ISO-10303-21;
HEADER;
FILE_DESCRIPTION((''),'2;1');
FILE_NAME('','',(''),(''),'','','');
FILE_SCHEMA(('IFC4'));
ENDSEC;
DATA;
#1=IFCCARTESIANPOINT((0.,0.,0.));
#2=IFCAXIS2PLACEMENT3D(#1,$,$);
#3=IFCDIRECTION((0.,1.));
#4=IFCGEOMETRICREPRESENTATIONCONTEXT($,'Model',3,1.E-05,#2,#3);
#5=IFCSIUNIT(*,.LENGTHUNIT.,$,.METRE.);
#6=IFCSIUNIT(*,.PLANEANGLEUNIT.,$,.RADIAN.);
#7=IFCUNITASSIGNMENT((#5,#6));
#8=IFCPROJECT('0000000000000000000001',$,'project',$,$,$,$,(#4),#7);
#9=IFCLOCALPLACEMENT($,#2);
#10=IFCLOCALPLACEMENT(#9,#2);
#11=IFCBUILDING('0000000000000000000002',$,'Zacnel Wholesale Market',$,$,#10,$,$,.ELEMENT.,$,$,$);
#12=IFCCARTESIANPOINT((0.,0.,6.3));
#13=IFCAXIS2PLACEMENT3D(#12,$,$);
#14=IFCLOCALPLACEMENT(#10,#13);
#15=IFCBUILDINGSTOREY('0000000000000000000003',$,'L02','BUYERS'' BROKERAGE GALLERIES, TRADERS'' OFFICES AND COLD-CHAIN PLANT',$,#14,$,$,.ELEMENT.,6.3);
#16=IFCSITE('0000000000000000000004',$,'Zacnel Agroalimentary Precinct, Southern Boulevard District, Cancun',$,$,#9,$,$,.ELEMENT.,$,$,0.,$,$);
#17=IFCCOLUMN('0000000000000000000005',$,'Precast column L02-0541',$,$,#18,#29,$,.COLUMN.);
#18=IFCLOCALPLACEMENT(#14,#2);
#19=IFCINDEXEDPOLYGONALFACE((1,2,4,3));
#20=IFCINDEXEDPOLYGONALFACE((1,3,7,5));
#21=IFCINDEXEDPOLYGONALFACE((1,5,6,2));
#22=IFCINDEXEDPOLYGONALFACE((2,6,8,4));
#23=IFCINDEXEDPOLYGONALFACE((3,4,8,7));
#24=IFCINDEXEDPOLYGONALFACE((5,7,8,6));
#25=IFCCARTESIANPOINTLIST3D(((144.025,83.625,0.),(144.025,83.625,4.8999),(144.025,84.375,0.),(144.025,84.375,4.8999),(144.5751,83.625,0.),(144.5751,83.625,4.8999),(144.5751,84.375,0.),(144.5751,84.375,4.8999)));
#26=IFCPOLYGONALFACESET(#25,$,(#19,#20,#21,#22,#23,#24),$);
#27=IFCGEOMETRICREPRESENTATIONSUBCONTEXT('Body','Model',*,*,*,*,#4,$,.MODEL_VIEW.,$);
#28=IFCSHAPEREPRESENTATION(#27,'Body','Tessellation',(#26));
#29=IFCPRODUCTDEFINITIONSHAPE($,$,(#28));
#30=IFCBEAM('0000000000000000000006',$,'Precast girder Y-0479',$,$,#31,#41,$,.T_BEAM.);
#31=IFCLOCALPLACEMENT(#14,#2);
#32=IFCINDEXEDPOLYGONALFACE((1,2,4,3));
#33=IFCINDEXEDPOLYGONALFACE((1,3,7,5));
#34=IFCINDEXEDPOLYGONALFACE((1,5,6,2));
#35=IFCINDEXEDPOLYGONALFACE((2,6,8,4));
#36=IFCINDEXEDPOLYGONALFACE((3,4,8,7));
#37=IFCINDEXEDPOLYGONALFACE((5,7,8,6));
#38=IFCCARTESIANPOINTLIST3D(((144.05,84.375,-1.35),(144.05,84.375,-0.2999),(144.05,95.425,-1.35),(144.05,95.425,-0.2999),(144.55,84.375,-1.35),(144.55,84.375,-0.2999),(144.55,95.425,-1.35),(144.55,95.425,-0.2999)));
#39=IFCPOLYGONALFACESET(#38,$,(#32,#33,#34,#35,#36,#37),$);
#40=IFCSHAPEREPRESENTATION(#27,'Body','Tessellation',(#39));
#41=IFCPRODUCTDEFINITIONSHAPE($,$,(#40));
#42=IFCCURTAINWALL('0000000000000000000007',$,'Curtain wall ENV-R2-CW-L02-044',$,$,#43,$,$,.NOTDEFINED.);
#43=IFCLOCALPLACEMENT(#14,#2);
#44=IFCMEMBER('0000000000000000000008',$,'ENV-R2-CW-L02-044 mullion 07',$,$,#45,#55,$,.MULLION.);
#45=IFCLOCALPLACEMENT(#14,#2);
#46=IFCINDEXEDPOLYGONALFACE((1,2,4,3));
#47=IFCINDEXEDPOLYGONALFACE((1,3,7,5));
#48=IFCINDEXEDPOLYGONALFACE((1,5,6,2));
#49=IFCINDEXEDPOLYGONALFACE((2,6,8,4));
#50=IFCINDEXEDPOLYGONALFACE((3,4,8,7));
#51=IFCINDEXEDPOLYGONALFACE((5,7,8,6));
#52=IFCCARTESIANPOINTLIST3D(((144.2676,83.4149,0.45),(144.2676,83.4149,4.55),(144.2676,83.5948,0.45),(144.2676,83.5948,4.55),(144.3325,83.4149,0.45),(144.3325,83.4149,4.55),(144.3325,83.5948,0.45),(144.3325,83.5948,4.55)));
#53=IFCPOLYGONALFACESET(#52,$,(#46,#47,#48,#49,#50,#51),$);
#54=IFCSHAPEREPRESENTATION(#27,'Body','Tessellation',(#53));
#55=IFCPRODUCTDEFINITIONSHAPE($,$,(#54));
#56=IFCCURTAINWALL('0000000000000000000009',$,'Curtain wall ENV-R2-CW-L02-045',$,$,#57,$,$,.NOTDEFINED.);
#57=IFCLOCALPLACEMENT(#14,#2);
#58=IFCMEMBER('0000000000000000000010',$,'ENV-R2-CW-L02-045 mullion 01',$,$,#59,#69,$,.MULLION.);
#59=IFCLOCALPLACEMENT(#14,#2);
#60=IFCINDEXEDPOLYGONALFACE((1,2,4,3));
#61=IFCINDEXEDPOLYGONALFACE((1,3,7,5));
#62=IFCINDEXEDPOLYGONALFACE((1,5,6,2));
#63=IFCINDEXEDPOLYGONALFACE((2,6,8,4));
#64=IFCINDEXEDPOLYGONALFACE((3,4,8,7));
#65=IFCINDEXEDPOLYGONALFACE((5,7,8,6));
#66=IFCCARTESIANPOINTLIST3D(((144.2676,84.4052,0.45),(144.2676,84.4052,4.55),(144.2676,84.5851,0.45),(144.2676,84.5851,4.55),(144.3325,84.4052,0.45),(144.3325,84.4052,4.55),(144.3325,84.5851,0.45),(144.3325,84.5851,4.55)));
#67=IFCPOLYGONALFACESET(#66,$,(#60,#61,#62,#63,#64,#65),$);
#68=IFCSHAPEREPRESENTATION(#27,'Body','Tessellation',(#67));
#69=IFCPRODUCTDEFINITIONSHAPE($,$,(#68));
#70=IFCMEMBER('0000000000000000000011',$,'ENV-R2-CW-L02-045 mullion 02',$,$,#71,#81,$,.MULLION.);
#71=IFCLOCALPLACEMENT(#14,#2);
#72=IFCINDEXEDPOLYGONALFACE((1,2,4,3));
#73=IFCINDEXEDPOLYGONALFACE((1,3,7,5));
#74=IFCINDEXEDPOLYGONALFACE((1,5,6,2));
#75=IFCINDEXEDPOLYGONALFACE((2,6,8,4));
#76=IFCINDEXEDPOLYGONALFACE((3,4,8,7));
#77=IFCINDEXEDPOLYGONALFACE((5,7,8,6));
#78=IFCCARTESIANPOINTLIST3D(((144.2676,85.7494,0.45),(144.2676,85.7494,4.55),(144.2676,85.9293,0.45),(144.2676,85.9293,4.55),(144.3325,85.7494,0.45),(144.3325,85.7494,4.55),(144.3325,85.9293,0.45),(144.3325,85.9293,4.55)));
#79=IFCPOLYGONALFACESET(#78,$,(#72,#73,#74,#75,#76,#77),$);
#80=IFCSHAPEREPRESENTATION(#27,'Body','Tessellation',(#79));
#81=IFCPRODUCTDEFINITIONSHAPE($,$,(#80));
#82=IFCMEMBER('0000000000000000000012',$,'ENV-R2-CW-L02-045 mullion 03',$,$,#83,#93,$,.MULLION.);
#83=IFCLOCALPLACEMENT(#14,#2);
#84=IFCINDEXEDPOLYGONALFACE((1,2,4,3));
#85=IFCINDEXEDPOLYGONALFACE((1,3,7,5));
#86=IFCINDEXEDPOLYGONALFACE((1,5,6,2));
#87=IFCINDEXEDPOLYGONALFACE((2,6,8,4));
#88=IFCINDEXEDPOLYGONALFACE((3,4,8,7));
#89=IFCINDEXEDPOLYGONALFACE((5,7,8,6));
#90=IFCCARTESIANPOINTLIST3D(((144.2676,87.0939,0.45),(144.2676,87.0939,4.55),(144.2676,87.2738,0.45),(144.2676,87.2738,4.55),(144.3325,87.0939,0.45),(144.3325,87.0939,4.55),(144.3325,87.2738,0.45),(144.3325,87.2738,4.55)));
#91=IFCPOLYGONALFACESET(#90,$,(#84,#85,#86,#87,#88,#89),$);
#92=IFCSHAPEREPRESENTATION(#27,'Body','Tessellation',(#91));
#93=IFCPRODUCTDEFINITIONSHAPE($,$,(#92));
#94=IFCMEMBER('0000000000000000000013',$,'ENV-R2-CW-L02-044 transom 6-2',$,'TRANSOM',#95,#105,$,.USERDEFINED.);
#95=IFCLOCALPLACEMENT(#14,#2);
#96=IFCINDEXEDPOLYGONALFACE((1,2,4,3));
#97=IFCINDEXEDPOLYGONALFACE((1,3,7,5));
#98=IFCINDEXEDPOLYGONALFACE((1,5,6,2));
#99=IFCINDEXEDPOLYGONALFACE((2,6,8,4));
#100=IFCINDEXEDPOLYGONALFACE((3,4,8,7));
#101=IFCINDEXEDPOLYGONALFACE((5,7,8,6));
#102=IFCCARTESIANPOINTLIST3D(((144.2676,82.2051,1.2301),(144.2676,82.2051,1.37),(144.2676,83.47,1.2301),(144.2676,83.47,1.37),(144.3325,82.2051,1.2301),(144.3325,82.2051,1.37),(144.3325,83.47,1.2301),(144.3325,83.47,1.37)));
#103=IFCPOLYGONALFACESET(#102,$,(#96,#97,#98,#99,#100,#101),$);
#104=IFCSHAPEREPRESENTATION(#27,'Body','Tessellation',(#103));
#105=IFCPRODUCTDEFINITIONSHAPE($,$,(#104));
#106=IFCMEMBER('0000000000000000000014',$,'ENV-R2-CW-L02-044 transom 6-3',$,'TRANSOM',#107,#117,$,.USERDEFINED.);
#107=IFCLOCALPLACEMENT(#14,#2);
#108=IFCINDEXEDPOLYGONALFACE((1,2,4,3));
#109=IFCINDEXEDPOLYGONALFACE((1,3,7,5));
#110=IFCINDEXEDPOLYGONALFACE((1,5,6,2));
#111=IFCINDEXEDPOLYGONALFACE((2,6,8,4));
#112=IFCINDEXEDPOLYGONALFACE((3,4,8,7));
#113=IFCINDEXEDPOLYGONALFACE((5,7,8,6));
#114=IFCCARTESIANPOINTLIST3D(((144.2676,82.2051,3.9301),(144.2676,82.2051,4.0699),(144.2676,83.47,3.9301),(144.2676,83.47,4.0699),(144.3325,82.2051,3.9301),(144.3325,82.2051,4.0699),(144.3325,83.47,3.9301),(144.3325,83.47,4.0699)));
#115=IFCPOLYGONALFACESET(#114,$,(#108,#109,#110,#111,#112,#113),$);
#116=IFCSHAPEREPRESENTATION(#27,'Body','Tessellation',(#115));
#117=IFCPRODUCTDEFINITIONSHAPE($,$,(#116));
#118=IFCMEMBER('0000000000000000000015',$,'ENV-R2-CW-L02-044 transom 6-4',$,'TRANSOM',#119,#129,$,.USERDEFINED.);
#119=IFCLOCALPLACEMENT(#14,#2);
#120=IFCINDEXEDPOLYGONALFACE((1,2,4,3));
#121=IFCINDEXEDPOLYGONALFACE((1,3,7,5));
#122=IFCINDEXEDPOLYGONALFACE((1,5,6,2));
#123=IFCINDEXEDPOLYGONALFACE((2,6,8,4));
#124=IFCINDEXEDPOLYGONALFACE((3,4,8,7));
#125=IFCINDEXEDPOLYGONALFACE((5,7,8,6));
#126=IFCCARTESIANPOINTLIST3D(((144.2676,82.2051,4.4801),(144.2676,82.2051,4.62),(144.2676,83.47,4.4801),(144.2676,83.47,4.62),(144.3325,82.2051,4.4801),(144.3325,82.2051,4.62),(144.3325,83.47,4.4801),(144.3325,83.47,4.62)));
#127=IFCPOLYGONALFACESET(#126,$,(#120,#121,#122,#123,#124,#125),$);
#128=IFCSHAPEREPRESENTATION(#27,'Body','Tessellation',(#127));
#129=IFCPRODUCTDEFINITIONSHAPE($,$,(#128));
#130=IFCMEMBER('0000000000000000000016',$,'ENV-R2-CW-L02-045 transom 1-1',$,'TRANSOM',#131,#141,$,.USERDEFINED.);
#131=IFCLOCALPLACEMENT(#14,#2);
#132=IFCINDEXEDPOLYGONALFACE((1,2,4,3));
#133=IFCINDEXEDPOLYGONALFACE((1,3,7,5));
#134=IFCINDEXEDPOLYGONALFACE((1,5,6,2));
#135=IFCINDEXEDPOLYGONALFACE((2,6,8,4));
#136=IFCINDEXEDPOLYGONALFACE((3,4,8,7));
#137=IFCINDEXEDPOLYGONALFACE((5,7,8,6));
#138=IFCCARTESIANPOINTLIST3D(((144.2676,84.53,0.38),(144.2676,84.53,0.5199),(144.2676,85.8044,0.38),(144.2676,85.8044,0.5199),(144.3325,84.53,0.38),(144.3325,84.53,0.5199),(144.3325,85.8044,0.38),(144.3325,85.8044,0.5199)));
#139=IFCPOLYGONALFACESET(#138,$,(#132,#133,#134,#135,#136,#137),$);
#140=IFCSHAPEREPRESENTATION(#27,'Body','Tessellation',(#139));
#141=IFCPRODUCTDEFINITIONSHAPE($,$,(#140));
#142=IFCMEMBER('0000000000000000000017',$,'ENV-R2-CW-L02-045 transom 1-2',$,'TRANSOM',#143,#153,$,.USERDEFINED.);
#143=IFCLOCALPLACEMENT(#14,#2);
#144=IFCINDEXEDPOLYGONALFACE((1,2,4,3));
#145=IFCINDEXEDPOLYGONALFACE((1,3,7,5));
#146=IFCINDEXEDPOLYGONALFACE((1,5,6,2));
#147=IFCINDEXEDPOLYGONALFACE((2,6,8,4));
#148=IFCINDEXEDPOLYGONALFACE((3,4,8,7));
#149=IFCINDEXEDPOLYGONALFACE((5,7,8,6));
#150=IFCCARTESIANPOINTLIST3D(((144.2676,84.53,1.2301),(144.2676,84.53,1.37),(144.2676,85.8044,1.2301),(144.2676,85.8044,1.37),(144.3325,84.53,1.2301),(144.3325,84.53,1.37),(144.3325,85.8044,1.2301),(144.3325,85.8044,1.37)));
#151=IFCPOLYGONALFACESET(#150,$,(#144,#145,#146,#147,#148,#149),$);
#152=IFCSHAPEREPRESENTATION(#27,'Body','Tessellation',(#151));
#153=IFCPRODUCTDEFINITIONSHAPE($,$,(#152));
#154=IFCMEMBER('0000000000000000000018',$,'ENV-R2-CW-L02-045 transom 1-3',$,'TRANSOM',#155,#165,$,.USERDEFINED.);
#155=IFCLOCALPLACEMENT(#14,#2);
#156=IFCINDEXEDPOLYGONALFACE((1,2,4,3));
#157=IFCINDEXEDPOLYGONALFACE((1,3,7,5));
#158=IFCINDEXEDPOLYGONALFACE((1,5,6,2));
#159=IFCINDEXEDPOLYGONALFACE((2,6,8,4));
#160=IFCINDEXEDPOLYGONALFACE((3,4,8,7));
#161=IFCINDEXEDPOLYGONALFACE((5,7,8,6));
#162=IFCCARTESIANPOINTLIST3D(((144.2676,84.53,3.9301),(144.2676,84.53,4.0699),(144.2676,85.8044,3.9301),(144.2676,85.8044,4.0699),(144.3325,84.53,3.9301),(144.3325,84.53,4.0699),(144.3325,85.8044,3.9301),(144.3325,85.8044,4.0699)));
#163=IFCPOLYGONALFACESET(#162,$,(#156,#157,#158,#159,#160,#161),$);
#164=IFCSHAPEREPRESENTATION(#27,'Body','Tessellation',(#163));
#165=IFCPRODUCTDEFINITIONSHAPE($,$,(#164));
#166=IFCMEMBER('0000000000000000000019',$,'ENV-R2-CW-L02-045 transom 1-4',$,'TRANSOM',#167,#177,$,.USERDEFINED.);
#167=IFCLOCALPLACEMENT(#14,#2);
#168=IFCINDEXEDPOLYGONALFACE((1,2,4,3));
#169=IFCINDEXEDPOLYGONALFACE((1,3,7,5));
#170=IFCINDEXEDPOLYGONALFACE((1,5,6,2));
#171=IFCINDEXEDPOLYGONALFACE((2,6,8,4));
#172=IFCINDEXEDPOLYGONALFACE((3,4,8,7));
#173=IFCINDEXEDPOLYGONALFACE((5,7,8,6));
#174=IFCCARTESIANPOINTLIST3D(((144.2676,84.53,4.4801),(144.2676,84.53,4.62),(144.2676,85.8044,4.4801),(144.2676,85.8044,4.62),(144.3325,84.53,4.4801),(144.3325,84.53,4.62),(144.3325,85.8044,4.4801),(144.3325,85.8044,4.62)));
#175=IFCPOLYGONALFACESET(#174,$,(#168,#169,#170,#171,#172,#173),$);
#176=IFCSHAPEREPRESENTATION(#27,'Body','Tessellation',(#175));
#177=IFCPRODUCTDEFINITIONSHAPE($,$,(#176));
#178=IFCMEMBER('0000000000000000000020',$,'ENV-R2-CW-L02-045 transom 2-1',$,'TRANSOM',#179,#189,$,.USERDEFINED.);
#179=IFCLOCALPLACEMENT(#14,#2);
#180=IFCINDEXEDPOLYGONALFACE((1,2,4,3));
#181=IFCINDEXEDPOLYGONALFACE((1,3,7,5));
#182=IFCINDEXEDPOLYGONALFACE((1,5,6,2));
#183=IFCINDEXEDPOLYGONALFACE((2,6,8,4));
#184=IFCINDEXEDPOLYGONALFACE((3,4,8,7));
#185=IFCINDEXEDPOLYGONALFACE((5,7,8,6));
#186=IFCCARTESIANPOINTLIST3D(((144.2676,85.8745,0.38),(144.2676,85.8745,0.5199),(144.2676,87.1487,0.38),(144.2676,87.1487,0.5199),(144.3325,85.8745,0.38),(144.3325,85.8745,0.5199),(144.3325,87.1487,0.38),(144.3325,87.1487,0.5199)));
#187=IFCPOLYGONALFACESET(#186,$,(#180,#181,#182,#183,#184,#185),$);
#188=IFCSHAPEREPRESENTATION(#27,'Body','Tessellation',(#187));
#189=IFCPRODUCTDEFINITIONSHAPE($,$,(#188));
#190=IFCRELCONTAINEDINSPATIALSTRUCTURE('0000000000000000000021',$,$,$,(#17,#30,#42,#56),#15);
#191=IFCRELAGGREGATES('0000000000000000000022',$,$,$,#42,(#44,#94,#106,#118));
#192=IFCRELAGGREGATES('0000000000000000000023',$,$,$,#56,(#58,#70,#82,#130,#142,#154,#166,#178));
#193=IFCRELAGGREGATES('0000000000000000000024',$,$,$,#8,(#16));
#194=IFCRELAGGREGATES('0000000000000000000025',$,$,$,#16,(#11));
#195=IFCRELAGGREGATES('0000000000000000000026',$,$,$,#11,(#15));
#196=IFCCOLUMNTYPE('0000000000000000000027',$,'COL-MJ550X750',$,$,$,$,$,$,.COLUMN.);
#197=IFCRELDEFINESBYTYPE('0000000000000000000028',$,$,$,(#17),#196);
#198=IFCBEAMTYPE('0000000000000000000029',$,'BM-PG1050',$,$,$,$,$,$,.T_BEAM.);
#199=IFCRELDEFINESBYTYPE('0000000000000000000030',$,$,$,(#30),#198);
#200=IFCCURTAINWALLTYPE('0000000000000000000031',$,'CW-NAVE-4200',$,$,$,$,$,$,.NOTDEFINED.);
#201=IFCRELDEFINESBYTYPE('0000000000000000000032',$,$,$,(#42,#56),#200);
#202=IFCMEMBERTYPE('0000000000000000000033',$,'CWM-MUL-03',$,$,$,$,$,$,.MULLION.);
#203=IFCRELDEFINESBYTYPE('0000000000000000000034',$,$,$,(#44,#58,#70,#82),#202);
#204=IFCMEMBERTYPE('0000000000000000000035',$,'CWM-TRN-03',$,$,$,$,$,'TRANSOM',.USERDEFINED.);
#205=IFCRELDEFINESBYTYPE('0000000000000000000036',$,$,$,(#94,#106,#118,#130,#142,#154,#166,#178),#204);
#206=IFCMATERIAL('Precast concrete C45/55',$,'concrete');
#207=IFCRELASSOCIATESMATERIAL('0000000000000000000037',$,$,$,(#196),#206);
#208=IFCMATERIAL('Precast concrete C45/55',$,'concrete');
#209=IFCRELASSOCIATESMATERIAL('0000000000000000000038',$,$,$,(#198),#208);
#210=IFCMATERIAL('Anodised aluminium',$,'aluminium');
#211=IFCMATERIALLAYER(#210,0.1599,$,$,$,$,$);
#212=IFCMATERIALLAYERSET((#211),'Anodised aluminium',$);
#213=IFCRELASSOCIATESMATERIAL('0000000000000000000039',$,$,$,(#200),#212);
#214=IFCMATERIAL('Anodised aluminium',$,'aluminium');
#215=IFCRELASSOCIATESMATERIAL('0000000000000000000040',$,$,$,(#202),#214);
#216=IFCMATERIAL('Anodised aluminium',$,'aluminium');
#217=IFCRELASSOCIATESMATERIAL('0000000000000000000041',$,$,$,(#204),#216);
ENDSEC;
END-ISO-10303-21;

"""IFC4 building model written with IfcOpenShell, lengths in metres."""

from ifc_helpers import new_model, si_unit, direction, frame, origin, origin_2d, place, context, subcontext, project, spatial, rectangle, extrude, material, layer, layer_set, material_profile, profile_set, type_object, element, aggregate, save


model = new_model("IFC4")

# Units and contexts
model_context = context("Model", 3, precision=1e-05, world=origin(), true_north=direction((0.0, 1.0)))
body_context = subcontext(model_context, "Body", "Model", "MODEL_VIEW")
ifc_project = project(units=[si_unit("LENGTHUNIT", "METRE"), si_unit("PLANEANGLEUNIT", "RADIAN")], contexts=[model_context])

# Site, building, storey
site_placement = place(None, origin())
site = spatial("IfcSite", under=ifc_project, at=site_placement, Name="Zacnel Agroalimentary Precinct, Southern Boulevard District, Cancun", CompositionType="ELEMENT", RefElevation=0.0)
building_placement = place(site_placement, origin())
building = spatial("IfcBuilding", under=site, at=building_placement, Name="Zacnel Wholesale Market", CompositionType="ELEMENT")
storey_placement = place(building_placement, frame((0.0, 0.0, 6.3)))
storey = spatial("IfcBuildingStorey", under=building, at=storey_placement, Name="L02", Description="BUYERS' BROKERAGE GALLERIES, TRADERS' OFFICES AND COLD-CHAIN PLANT", CompositionType="ELEMENT", Elevation=6.3)

# Column
ifc_material_1 = material(Name="Precast concrete C45/55", Category="concrete")
ifc_material_profile_1 = material_profile(ifc_material_1, rectangle(XDim=0.55, YDim=0.75, at=origin_2d()), Name="PC 550x750")
ifc_profile_set_1 = profile_set([ifc_material_profile_1], Name="Precast concrete C45/55")
column_type = type_object("IfcColumnType", Name="COL-MJ550X750", PredefinedType="COLUMN", material=ifc_profile_set_1)
column_placement = place(storey_placement, frame((144.3, 84.0, 0.0), z_axis=(0.0, 0.0, 1.0), x_axis=(1.0, 0.0, 0.0)))
element("IfcColumn", 1, at=column_placement, inside=storey, type_object=column_type, Name="Precast column L02-0541", PredefinedType="COLUMN", context=body_context, shape_type="SweptSolid", body=[
    extrude(rectangle(XDim=0.55, YDim=0.75, at=origin_2d()), origin(), (0.0, 0.0, 1.0), 4.8999),
])

# Beam
ifc_material_2 = material(Name="Precast concrete C45/55", Category="concrete")
ifc_material_profile_2 = material_profile(ifc_material_2, rectangle(XDim=0.5, YDim=1.05, at=origin_2d()), Name="PG 500x1050")
ifc_profile_set_2 = profile_set([ifc_material_profile_2], Name="Precast concrete C45/55")
beam_type = type_object("IfcBeamType", Name="BM-PG1050", PredefinedType="T_BEAM", material=ifc_profile_set_2)
beam_placement = place(storey_placement, frame((144.3, 84.375, -0.825), z_axis=(0.0, 1.0, 0.0), x_axis=(-1.0, 0.0, 0.0)))
element("IfcBeam", 2, at=beam_placement, inside=storey, type_object=beam_type, Name="Precast girder Y-0479", PredefinedType="T_BEAM", context=body_context, shape_type="SweptSolid", body=[
    extrude(rectangle(XDim=0.5, YDim=1.05, at=origin_2d()), origin(), (0.0, 0.0, 1.0), 11.05),
])

# Curtain wall, member
ifc_material_3 = material(Name="Anodised aluminium", Category="aluminium")
ifc_layer_1 = layer(ifc_material_3, 0.1599)
ifc_layer_set_1 = layer_set([ifc_layer_1], Name="Anodised aluminium")
curtain_wall_type = type_object("IfcCurtainWallType", Name="CW-NAVE-4200", PredefinedType="NOTDEFINED", material=ifc_layer_set_1)
curtain_wall_1_placement = place(storey_placement, origin())
curtain_wall_1 = element("IfcCurtainWall", 3, at=curtain_wall_1_placement, inside=storey, type_object=curtain_wall_type, Name="Curtain wall ENV-R2-CW-L02-044", PredefinedType="NOTDEFINED")
ifc_material_4 = material(Name="Anodised aluminium", Category="aluminium")
ifc_material_profile_3 = material_profile(ifc_material_4, rectangle(XDim=0.0649, YDim=0.1799, at=origin_2d()), Name="AW-MULLION 65x180")
ifc_profile_set_3 = profile_set([ifc_material_profile_3], Name="Anodised aluminium")
member_type_1 = type_object("IfcMemberType", Name="CWM-MUL-03", PredefinedType="MULLION", material=ifc_profile_set_3)
member_1_placement = place(storey_placement, frame((144.3, 83.5049, 0.45), z_axis=(0.0, 0.0, 1.0), x_axis=(1.0, 0.0, 0.0)))
member_1 = element("IfcMember", 4, at=member_1_placement, type_object=member_type_1, Name="ENV-R2-CW-L02-044 mullion 07", PredefinedType="MULLION", context=body_context, shape_type="SweptSolid", body=[
    extrude(rectangle(XDim=0.0649, YDim=0.1799, at=origin_2d()), origin(), (0.0, 0.0, 1.0), 4.1001),
])

# Curtain wall, members
curtain_wall_2_placement = place(storey_placement, origin())
curtain_wall_2 = element("IfcCurtainWall", 5, at=curtain_wall_2_placement, inside=storey, type_object=curtain_wall_type, Name="Curtain wall ENV-R2-CW-L02-045", PredefinedType="NOTDEFINED")
member_2_placement = place(storey_placement, frame((144.3, 84.4951, 0.45), z_axis=(0.0, 0.0, 1.0), x_axis=(1.0, 0.0, 0.0)))
member_2 = element("IfcMember", 6, at=member_2_placement, type_object=member_type_1, Name="ENV-R2-CW-L02-045 mullion 01", PredefinedType="MULLION", context=body_context, shape_type="SweptSolid", body=[
    extrude(rectangle(XDim=0.0649, YDim=0.1799, at=origin_2d()), origin(), (0.0, 0.0, 1.0), 4.1001),
])
member_3_placement = place(storey_placement, frame((144.3, 85.8394, 0.45), z_axis=(0.0, 0.0, 1.0), x_axis=(1.0, 0.0, 0.0)))
member_3 = element("IfcMember", 7, at=member_3_placement, type_object=member_type_1, Name="ENV-R2-CW-L02-045 mullion 02", PredefinedType="MULLION", context=body_context, shape_type="SweptSolid", body=[
    extrude(rectangle(XDim=0.0649, YDim=0.1799, at=origin_2d()), origin(), (0.0, 0.0, 1.0), 4.1001),
])
member_4_placement = place(storey_placement, frame((144.3, 87.1838, 0.45), z_axis=(0.0, 0.0, 1.0), x_axis=(1.0, 0.0, 0.0)))
member_4 = element("IfcMember", 8, at=member_4_placement, type_object=member_type_1, Name="ENV-R2-CW-L02-045 mullion 03", PredefinedType="MULLION", context=body_context, shape_type="SweptSolid", body=[
    extrude(rectangle(XDim=0.0649, YDim=0.1799, at=origin_2d()), origin(), (0.0, 0.0, 1.0), 4.1001),
])

# Members
ifc_material_5 = material(Name="Anodised aluminium", Category="aluminium")
ifc_material_profile_4 = material_profile(ifc_material_5, rectangle(XDim=0.0649, YDim=0.1399, at=origin_2d()), Name="AW-TRANSOM 65x140")
ifc_profile_set_4 = profile_set([ifc_material_profile_4], Name="Anodised aluminium")
member_type_2 = type_object("IfcMemberType", Name="CWM-TRN-03", ElementType="TRANSOM", PredefinedType="USERDEFINED", material=ifc_profile_set_4)
member_5_placement = place(storey_placement, frame((144.3, 82.2051, 1.3), z_axis=(0.0, 1.0, 0.0), x_axis=(-1.0, 0.0, 0.0)))
member_5 = element("IfcMember", 9, at=member_5_placement, type_object=member_type_2, Name="ENV-R2-CW-L02-044 transom 6-2", ObjectType="TRANSOM", PredefinedType="USERDEFINED", context=body_context, shape_type="SweptSolid", body=[
    extrude(rectangle(XDim=0.0649, YDim=0.1399, at=origin_2d()), origin(), (0.0, 0.0, 1.0), 1.2649),
])
member_6_placement = place(storey_placement, frame((144.3, 82.2051, 4.0), z_axis=(0.0, 1.0, 0.0), x_axis=(-1.0, 0.0, 0.0)))
member_6 = element("IfcMember", 10, at=member_6_placement, type_object=member_type_2, Name="ENV-R2-CW-L02-044 transom 6-3", ObjectType="TRANSOM", PredefinedType="USERDEFINED", context=body_context, shape_type="SweptSolid", body=[
    extrude(rectangle(XDim=0.0649, YDim=0.1399, at=origin_2d()), origin(), (0.0, 0.0, 1.0), 1.2649),
])
member_7_placement = place(storey_placement, frame((144.3, 82.2051, 4.55), z_axis=(0.0, 1.0, 0.0), x_axis=(-1.0, 0.0, 0.0)))
member_7 = element("IfcMember", 11, at=member_7_placement, type_object=member_type_2, Name="ENV-R2-CW-L02-044 transom 6-4", ObjectType="TRANSOM", PredefinedType="USERDEFINED", context=body_context, shape_type="SweptSolid", body=[
    extrude(rectangle(XDim=0.0649, YDim=0.1399, at=origin_2d()), origin(), (0.0, 0.0, 1.0), 1.2649),
])
member_8_placement = place(storey_placement, frame((144.3, 84.53, 0.45), z_axis=(0.0, 1.0, 0.0), x_axis=(-1.0, 0.0, 0.0)))
member_8 = element("IfcMember", 12, at=member_8_placement, type_object=member_type_2, Name="ENV-R2-CW-L02-045 transom 1-1", ObjectType="TRANSOM", PredefinedType="USERDEFINED", context=body_context, shape_type="SweptSolid", body=[
    extrude(rectangle(XDim=0.0649, YDim=0.1399, at=origin_2d()), origin(), (0.0, 0.0, 1.0), 1.2744),
])
member_9_placement = place(storey_placement, frame((144.3, 84.53, 1.3), z_axis=(0.0, 1.0, 0.0), x_axis=(-1.0, 0.0, 0.0)))
member_9 = element("IfcMember", 13, at=member_9_placement, type_object=member_type_2, Name="ENV-R2-CW-L02-045 transom 1-2", ObjectType="TRANSOM", PredefinedType="USERDEFINED", context=body_context, shape_type="SweptSolid", body=[
    extrude(rectangle(XDim=0.0649, YDim=0.1399, at=origin_2d()), origin(), (0.0, 0.0, 1.0), 1.2744),
])
member_10_placement = place(storey_placement, frame((144.3, 84.53, 4.0), z_axis=(0.0, 1.0, 0.0), x_axis=(-1.0, 0.0, 0.0)))
member_10 = element("IfcMember", 14, at=member_10_placement, type_object=member_type_2, Name="ENV-R2-CW-L02-045 transom 1-3", ObjectType="TRANSOM", PredefinedType="USERDEFINED", context=body_context, shape_type="SweptSolid", body=[
    extrude(rectangle(XDim=0.0649, YDim=0.1399, at=origin_2d()), origin(), (0.0, 0.0, 1.0), 1.2744),
])
member_11_placement = place(storey_placement, frame((144.3, 84.53, 4.55), z_axis=(0.0, 1.0, 0.0), x_axis=(-1.0, 0.0, 0.0)))
member_11 = element("IfcMember", 15, at=member_11_placement, type_object=member_type_2, Name="ENV-R2-CW-L02-045 transom 1-4", ObjectType="TRANSOM", PredefinedType="USERDEFINED", context=body_context, shape_type="SweptSolid", body=[
    extrude(rectangle(XDim=0.0649, YDim=0.1399, at=origin_2d()), origin(), (0.0, 0.0, 1.0), 1.2744),
])
member_12_placement = place(storey_placement, frame((144.3, 85.8745, 0.45), z_axis=(0.0, 1.0, 0.0), x_axis=(-1.0, 0.0, 0.0)))
member_12 = element("IfcMember", 16, at=member_12_placement, type_object=member_type_2, Name="ENV-R2-CW-L02-045 transom 2-1", ObjectType="TRANSOM", PredefinedType="USERDEFINED", context=body_context, shape_type="SweptSolid", body=[
    extrude(rectangle(XDim=0.0649, YDim=0.1399, at=origin_2d()), origin(), (0.0, 0.0, 1.0), 1.2742),
])

aggregate(curtain_wall_1, [member_1, member_5, member_6, member_7])
aggregate(curtain_wall_2, [member_2, member_3, member_4, member_8, member_9, member_10, member_11, member_12])

save(model, "model.ifc")
